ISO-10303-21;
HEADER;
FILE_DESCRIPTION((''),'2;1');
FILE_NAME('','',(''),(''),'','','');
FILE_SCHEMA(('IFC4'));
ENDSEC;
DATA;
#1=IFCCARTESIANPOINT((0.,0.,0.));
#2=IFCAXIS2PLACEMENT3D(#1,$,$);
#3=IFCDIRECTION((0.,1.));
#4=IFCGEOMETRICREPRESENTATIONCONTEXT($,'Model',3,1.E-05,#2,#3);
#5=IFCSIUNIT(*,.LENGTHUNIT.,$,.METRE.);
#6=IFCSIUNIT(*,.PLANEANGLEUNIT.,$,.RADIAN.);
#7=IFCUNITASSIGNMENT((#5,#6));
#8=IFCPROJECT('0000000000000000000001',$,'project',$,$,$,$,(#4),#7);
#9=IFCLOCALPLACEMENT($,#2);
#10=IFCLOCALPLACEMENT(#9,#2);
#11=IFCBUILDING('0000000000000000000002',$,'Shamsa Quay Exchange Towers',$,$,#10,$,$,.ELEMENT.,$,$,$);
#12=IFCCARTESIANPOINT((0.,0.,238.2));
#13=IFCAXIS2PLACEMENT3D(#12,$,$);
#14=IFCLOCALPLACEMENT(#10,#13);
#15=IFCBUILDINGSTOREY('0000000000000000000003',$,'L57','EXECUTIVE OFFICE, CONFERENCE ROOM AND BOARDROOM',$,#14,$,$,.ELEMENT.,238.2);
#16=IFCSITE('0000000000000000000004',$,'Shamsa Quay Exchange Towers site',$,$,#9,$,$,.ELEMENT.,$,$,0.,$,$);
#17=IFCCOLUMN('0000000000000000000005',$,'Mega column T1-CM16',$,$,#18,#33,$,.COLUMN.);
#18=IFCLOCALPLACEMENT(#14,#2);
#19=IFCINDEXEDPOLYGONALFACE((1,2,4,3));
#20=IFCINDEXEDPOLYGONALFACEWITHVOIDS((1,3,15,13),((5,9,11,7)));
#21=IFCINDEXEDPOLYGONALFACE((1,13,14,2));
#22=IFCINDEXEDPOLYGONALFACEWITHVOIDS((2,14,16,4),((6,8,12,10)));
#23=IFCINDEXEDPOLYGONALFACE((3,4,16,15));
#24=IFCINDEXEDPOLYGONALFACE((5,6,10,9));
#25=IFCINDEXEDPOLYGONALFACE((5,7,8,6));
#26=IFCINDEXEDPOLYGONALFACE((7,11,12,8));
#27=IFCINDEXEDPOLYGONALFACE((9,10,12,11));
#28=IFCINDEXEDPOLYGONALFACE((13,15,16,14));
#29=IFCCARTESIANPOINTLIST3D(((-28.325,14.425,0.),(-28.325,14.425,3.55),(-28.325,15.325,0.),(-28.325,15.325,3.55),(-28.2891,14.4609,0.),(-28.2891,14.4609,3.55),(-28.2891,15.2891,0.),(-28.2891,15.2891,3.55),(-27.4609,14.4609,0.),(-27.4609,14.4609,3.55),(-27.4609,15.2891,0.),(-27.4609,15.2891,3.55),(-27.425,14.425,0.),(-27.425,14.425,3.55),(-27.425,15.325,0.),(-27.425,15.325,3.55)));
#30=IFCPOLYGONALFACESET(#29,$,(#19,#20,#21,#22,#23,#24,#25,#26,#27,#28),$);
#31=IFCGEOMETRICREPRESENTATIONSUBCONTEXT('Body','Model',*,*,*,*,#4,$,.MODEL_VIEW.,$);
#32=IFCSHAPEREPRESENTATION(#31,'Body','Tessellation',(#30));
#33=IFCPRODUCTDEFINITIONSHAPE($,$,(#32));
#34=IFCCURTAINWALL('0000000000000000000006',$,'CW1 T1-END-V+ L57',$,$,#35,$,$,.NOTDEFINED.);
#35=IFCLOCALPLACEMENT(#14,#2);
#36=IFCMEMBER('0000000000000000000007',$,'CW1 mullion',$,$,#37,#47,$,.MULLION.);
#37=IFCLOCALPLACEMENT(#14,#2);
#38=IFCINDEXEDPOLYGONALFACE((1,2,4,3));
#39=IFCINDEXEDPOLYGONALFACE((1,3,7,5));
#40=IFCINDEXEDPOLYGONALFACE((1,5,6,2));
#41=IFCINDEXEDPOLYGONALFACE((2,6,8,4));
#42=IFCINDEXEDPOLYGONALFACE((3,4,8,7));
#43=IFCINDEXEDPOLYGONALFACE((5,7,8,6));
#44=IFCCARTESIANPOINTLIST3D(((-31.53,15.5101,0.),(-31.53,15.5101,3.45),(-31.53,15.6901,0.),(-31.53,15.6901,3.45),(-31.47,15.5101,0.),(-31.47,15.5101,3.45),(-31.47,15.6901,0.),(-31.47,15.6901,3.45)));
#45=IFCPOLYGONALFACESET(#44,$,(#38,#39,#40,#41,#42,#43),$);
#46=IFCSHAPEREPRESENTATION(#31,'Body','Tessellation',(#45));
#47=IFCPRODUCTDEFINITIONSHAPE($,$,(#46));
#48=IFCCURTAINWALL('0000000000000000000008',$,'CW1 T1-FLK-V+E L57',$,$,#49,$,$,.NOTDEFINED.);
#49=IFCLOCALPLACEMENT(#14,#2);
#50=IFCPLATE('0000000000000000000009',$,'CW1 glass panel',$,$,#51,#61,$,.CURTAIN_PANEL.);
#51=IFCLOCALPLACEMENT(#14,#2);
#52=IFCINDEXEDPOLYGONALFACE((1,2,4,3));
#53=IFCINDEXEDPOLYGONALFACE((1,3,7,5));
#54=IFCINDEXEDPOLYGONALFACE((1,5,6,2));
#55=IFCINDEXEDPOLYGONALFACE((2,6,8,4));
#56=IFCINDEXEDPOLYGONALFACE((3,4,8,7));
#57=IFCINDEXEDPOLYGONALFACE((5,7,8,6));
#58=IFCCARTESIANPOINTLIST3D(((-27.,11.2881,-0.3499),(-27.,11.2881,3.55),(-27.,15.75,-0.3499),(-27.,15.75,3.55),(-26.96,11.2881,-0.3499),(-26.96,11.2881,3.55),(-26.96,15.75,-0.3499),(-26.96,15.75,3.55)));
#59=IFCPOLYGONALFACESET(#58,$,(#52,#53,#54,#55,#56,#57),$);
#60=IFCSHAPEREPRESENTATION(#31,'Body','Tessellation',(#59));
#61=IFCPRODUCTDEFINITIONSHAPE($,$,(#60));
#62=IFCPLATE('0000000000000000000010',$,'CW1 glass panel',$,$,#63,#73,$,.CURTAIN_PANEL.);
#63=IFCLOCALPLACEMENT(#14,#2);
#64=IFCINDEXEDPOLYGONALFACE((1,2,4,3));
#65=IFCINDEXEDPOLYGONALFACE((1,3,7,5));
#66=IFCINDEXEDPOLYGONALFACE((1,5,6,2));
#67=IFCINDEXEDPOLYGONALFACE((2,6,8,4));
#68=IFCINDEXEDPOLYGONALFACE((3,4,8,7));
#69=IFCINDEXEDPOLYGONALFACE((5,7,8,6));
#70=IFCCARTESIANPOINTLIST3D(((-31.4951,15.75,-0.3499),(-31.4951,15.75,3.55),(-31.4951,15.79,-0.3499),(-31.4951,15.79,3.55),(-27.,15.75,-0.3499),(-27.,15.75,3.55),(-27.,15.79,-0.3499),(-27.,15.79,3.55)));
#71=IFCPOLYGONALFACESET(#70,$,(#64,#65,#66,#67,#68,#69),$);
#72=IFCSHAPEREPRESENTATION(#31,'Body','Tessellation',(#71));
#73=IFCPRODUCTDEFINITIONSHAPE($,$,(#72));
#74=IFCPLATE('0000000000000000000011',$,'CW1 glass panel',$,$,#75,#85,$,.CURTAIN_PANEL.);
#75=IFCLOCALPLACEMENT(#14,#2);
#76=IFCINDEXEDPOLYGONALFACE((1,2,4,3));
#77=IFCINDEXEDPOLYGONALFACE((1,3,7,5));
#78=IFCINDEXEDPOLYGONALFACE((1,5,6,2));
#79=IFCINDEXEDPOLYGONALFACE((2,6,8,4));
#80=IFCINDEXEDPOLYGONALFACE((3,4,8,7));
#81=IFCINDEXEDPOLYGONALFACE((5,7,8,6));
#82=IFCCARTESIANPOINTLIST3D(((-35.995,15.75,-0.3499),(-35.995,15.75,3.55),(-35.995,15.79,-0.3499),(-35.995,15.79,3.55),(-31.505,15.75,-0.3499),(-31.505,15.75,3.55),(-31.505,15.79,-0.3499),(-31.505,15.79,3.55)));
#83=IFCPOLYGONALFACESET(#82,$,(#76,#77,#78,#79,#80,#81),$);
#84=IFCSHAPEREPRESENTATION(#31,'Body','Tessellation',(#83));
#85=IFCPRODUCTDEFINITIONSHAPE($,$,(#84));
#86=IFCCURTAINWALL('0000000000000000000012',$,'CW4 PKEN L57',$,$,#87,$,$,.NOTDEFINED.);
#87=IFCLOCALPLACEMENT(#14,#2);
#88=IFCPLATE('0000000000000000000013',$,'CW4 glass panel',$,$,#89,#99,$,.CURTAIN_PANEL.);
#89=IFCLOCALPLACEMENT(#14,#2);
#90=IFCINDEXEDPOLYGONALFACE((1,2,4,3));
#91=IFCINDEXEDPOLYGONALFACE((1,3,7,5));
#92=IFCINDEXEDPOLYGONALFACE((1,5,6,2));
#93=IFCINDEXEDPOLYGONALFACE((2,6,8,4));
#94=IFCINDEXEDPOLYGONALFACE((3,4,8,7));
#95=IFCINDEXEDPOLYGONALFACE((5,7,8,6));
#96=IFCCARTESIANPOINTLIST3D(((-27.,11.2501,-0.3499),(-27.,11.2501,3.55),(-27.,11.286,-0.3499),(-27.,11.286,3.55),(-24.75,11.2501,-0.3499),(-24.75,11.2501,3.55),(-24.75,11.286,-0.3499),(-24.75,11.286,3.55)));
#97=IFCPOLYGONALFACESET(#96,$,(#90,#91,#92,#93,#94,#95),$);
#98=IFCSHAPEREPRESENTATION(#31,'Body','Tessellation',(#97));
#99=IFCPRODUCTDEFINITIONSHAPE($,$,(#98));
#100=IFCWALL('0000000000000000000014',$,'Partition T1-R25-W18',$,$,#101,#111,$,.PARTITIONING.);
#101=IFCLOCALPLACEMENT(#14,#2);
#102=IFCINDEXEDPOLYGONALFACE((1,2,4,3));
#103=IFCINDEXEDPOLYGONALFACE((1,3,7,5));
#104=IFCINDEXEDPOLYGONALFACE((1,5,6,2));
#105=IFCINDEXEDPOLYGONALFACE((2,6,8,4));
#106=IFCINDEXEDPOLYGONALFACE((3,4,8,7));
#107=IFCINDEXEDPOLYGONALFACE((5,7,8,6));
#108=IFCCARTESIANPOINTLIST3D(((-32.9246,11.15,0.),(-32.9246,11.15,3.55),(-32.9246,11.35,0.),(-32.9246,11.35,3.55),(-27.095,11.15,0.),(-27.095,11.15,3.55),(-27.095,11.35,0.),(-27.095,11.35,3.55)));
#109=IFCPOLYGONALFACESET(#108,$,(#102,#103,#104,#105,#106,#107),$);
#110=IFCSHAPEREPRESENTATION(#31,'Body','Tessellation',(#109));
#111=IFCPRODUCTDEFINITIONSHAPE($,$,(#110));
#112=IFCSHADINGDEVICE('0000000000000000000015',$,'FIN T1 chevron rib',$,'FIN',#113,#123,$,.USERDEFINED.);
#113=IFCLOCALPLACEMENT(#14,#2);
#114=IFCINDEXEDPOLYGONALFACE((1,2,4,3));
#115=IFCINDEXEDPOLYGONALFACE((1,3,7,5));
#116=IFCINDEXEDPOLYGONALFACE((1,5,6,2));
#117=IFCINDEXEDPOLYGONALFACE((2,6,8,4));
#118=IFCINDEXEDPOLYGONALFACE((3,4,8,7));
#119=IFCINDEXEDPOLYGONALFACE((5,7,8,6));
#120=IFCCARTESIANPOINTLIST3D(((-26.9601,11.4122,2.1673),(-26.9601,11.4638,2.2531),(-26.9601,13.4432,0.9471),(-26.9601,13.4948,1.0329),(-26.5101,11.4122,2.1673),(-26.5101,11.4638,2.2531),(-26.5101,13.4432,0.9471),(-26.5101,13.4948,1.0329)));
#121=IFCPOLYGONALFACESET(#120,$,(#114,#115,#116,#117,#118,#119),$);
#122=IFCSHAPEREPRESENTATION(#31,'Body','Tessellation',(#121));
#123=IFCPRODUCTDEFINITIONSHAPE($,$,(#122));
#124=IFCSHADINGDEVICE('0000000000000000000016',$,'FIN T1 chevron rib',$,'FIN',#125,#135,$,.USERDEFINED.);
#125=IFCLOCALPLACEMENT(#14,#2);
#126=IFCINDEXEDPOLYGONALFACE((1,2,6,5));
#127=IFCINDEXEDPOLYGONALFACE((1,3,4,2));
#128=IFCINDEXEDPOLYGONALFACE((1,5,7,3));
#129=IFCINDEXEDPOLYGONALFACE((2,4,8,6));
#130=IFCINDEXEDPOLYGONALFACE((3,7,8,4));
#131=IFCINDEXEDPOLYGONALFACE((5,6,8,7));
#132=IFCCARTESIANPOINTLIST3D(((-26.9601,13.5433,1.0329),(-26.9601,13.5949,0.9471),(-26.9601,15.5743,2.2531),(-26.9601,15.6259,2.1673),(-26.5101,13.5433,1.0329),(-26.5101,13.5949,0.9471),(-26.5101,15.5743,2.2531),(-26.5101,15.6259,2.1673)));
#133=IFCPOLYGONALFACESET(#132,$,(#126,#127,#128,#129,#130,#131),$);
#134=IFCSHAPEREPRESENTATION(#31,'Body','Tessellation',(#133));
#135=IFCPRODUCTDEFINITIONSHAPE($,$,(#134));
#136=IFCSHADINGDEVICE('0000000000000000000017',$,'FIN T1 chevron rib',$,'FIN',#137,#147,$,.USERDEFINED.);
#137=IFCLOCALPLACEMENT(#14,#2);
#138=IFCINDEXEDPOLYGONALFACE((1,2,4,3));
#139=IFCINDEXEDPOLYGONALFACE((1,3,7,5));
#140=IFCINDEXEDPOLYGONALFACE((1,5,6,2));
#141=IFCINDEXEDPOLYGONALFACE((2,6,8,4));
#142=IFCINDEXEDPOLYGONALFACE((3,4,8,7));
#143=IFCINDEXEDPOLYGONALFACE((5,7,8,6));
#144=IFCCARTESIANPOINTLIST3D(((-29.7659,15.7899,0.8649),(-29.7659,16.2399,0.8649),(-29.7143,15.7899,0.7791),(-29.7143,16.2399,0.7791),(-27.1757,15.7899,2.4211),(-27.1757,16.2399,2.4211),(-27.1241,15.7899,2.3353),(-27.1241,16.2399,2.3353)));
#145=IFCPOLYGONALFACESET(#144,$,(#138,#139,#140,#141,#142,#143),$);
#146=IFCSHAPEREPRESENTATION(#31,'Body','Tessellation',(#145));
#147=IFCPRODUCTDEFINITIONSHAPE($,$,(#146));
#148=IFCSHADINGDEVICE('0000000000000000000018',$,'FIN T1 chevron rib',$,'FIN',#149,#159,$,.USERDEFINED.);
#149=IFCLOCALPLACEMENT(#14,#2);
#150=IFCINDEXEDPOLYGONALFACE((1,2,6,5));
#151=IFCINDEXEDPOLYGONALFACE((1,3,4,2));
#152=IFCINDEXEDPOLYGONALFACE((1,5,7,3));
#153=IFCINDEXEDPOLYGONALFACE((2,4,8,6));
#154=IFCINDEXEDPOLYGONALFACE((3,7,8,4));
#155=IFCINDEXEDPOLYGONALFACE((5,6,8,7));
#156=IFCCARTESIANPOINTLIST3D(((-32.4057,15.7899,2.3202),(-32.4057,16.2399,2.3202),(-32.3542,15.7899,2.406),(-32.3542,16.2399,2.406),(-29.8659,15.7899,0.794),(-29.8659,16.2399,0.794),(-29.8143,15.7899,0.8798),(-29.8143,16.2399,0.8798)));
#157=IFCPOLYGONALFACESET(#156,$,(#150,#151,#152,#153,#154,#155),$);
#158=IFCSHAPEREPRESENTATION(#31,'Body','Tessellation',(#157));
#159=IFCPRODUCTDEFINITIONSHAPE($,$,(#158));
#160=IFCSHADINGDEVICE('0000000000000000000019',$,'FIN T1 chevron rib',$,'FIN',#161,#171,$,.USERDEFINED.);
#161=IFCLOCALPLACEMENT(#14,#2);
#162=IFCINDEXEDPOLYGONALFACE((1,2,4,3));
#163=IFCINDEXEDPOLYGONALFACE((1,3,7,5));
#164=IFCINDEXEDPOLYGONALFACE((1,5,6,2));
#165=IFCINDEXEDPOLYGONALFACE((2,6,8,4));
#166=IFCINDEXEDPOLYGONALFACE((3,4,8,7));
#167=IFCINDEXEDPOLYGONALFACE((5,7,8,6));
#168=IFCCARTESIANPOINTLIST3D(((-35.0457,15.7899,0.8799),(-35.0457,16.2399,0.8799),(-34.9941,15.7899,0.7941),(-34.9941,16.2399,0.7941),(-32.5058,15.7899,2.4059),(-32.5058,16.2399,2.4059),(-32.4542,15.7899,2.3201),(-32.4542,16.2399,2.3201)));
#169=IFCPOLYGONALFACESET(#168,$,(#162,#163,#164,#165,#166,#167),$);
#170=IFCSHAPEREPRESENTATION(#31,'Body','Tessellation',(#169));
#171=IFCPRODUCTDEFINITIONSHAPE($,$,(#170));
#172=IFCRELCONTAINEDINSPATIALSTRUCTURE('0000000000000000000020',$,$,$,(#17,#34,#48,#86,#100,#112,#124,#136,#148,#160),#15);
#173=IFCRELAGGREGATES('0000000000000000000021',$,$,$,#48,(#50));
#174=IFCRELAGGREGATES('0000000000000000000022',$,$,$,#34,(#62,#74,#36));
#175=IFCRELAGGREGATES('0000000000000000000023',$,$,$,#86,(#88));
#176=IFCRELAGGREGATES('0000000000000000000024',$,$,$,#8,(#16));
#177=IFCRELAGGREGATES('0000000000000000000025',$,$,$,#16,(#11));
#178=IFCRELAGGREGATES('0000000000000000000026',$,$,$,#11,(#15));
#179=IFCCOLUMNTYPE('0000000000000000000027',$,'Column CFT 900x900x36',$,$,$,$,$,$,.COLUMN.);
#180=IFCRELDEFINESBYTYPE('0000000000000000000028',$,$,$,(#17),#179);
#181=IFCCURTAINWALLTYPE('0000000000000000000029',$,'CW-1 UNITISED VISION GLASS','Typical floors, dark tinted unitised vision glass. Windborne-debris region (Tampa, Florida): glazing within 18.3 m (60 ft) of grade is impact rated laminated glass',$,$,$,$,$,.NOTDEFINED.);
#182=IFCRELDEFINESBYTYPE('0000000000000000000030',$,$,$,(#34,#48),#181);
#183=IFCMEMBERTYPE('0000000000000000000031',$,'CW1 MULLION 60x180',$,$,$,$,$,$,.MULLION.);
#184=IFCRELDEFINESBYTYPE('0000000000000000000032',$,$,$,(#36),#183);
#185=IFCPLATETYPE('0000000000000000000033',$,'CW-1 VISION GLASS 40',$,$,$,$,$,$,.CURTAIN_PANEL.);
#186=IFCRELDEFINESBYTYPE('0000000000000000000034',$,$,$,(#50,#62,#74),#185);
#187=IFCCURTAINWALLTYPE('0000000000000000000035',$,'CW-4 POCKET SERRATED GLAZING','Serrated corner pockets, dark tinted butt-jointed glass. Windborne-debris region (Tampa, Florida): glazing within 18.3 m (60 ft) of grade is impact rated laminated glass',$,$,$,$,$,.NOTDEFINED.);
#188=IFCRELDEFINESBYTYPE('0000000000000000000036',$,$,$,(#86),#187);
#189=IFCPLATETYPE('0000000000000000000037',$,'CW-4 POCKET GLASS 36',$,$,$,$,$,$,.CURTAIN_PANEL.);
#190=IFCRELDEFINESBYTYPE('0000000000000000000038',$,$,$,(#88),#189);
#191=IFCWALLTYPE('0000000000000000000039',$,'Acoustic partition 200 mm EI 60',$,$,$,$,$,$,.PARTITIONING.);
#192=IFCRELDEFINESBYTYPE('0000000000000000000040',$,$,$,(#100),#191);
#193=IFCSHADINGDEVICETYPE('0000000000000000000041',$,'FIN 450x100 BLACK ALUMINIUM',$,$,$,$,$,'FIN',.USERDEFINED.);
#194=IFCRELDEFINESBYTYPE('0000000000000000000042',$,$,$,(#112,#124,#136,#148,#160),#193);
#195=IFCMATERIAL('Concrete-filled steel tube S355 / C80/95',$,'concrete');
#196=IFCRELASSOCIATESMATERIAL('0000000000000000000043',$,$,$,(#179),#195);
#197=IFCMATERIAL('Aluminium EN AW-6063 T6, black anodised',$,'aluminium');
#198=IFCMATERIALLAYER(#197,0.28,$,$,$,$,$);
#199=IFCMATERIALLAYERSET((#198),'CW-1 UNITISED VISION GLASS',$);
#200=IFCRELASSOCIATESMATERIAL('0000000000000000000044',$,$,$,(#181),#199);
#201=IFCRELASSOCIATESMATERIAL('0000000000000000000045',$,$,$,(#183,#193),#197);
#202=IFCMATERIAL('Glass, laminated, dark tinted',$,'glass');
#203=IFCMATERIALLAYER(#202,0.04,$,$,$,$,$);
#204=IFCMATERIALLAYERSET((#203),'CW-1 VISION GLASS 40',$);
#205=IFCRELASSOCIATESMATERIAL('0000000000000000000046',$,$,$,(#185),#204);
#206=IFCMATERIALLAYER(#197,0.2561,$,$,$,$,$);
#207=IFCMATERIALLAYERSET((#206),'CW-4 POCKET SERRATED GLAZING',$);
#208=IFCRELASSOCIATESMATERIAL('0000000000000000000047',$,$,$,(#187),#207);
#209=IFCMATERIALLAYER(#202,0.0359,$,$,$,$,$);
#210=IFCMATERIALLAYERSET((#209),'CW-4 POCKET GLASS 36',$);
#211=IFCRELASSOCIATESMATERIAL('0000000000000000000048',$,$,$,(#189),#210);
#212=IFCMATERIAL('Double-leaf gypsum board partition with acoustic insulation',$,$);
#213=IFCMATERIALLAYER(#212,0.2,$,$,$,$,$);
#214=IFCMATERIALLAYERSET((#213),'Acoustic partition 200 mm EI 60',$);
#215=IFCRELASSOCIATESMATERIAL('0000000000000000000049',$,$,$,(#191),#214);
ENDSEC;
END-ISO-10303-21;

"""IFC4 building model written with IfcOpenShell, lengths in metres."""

from ifc_helpers import new_model, si_unit, direction, frame, frame_2d, origin, origin_2d, place, context, subcontext, project, spatial, rectangle, hollow_rectangle, extrude, material, layer, layer_set, material_profile, profile_set, type_object, element, aggregate, save


model = new_model("IFC4")

# Units and contexts
model_context = context("Model", 3, precision=1e-05, world=origin(), true_north=direction((0.0, 1.0)))
body_context = subcontext(model_context, "Body", "Model", "MODEL_VIEW")
ifc_project = project(units=[si_unit("LENGTHUNIT", "METRE"), si_unit("PLANEANGLEUNIT", "RADIAN")], contexts=[model_context])

# Site, building, storey
site_placement = place(None, origin())
site = spatial("IfcSite", under=ifc_project, at=site_placement, Name="Shamsa Quay Exchange Towers site", CompositionType="ELEMENT", RefElevation=0.0)
building_placement = place(site_placement, origin())
building = spatial("IfcBuilding", under=site, at=building_placement, Name="Shamsa Quay Exchange Towers", CompositionType="ELEMENT")
storey_placement = place(building_placement, frame((0.0, 0.0, 238.2)))
storey = spatial("IfcBuildingStorey", under=building, at=storey_placement, Name="L57", Description="EXECUTIVE OFFICE, CONFERENCE ROOM AND BOARDROOM", CompositionType="ELEMENT", Elevation=238.2)

# Column
ifc_material_1 = material(Name="Concrete-filled steel tube S355 / C80/95", Category="concrete")
ifc_material_profile_1 = material_profile(ifc_material_1, hollow_rectangle(XDim=0.8999, YDim=0.8999, WallThickness=0.0359, at=origin_2d()), Name="CFT 900x900x36")
ifc_profile_set_1 = profile_set([ifc_material_profile_1], Name="Concrete-filled steel tube S355 / C80/95")
column_type = type_object("IfcColumnType", Name="Column CFT 900x900x36", PredefinedType="COLUMN", material=ifc_profile_set_1)
column_placement = place(storey_placement, frame((-27.875, 14.875, 0.0)))
element("IfcColumn", 1, at=column_placement, inside=storey, type_object=column_type, Name="Mega column T1-CM16", PredefinedType="COLUMN", context=body_context, shape_type="SweptSolid", body=[
    extrude(hollow_rectangle(XDim=0.8999, YDim=0.8999, WallThickness=0.0359, at=origin_2d()), origin(), (0.0, 0.0, 1.0), 3.55),
])

# Curtain wall, member
ifc_material_2 = material(Name="Aluminium EN AW-6063 T6, black anodised", Category="aluminium")
ifc_layer_1 = layer(ifc_material_2, 0.28)
ifc_layer_set_1 = layer_set([ifc_layer_1], Name="CW-1 UNITISED VISION GLASS")
curtain_wall_type_1 = type_object("IfcCurtainWallType", Name="CW-1 UNITISED VISION GLASS", Description="Typical floors, dark tinted unitised vision glass. Windborne-debris region (Tampa, Florida): glazing within 18.3 m (60 ft) of grade is impact rated laminated glass", PredefinedType="NOTDEFINED", material=ifc_layer_set_1)
curtain_wall_1_placement = place(storey_placement, origin())
curtain_wall_1 = element("IfcCurtainWall", 2, at=curtain_wall_1_placement, inside=storey, type_object=curtain_wall_type_1, Name="CW1 T1-END-V+ L57", PredefinedType="NOTDEFINED")
ifc_material_profile_2 = material_profile(ifc_material_2, rectangle(XDim=0.1799, YDim=0.0601, at=origin_2d()), Name="MU60x180")
ifc_profile_set_2 = profile_set([ifc_material_profile_2], Name="Aluminium EN AW-6063 T6, black anodised")
member_type = type_object("IfcMemberType", Name="CW1 MULLION 60x180", PredefinedType="MULLION", material=ifc_profile_set_2)
member_placement = place(storey_placement, frame((-31.5, 15.6001, 0.0), z_axis=(0.0, 0.0, 1.0), x_axis=(0.0, -1.0, 0.0)))
member = element("IfcMember", 3, at=member_placement, type_object=member_type, Name="CW1 mullion", PredefinedType="MULLION", context=body_context, shape_type="SweptSolid", body=[
    extrude(rectangle(XDim=0.1799, YDim=0.0601, at=origin_2d()), origin(), (0.0, 0.0, 1.0), 3.45),
])

# Curtain wall, plate
curtain_wall_2_placement = place(storey_placement, origin())
curtain_wall_2 = element("IfcCurtainWall", 4, at=curtain_wall_2_placement, inside=storey, type_object=curtain_wall_type_1, Name="CW1 T1-FLK-V+E L57", PredefinedType="NOTDEFINED")
ifc_material_3 = material(Name="Glass, laminated, dark tinted", Category="glass")
ifc_layer_2 = layer(ifc_material_3, 0.04)
ifc_layer_set_2 = layer_set([ifc_layer_2], Name="CW-1 VISION GLASS 40")
plate_type_1 = type_object("IfcPlateType", Name="CW-1 VISION GLASS 40", PredefinedType="CURTAIN_PANEL", material=ifc_layer_set_2)
plate_1_placement = place(storey_placement, frame((-26.98, 13.519, -0.3499), z_axis=(0.0, 0.0, 1.0), x_axis=(0.0, 1.0, 0.0)))
plate_1 = element("IfcPlate", 5, at=plate_1_placement, type_object=plate_type_1, Name="CW1 glass panel", PredefinedType="CURTAIN_PANEL", context=body_context, shape_type="SweptSolid", body=[
    extrude(rectangle(XDim=4.4619, YDim=0.04, at=origin_2d()), origin(), (0.0, 0.0, 1.0), 3.8999),
])
aggregate(curtain_wall_2, [plate_1])

# Plates
plate_2_placement = place(storey_placement, frame((-29.2476, 15.77, -0.3499), z_axis=(0.0, 0.0, 1.0), x_axis=(-1.0, 0.0, 0.0)))
plate_2 = element("IfcPlate", 6, at=plate_2_placement, type_object=plate_type_1, Name="CW1 glass panel", PredefinedType="CURTAIN_PANEL", context=body_context, shape_type="SweptSolid", body=[
    extrude(rectangle(XDim=4.4951, YDim=0.04, at=origin_2d()), origin(), (0.0, 0.0, 1.0), 3.8999),
])
plate_3_placement = place(storey_placement, frame((-33.75, 15.77, -0.3499), z_axis=(0.0, 0.0, 1.0), x_axis=(-1.0, 0.0, 0.0)))
plate_3 = element("IfcPlate", 7, at=plate_3_placement, type_object=plate_type_1, Name="CW1 glass panel", PredefinedType="CURTAIN_PANEL", context=body_context, shape_type="SweptSolid", body=[
    extrude(rectangle(XDim=4.49, YDim=0.04, at=origin_2d()), origin(), (0.0, 0.0, 1.0), 3.8999),
])
aggregate(curtain_wall_1, [plate_2, plate_3, member])

# Curtain wall, plate
ifc_layer_3 = layer(ifc_material_2, 0.2561)
ifc_layer_set_3 = layer_set([ifc_layer_3], Name="CW-4 POCKET SERRATED GLAZING")
curtain_wall_type_2 = type_object("IfcCurtainWallType", Name="CW-4 POCKET SERRATED GLAZING", Description="Serrated corner pockets, dark tinted butt-jointed glass. Windborne-debris region (Tampa, Florida): glazing within 18.3 m (60 ft) of grade is impact rated laminated glass", PredefinedType="NOTDEFINED", material=ifc_layer_set_3)
curtain_wall_3_placement = place(storey_placement, origin())
curtain_wall_3 = element("IfcCurtainWall", 8, at=curtain_wall_3_placement, inside=storey, type_object=curtain_wall_type_2, Name="CW4 PKEN L57", PredefinedType="NOTDEFINED")
ifc_layer_4 = layer(ifc_material_3, 0.0359)
ifc_layer_set_4 = layer_set([ifc_layer_4], Name="CW-4 POCKET GLASS 36")
plate_type_2 = type_object("IfcPlateType", Name="CW-4 POCKET GLASS 36", PredefinedType="CURTAIN_PANEL", material=ifc_layer_set_4)
plate_4_placement = place(storey_placement, frame((-25.875, 11.2681, -0.3499), z_axis=(0.0, 0.0, 1.0), x_axis=(-1.0, 0.0, 0.0)))
plate_4 = element("IfcPlate", 9, at=plate_4_placement, type_object=plate_type_2, Name="CW4 glass panel", PredefinedType="CURTAIN_PANEL", context=body_context, shape_type="SweptSolid", body=[
    extrude(rectangle(XDim=2.25, YDim=0.0359, at=origin_2d()), origin(), (0.0, 0.0, 1.0), 3.8999),
])
aggregate(curtain_wall_3, [plate_4])

# Wall
ifc_material_4 = material(Name="Double-leaf gypsum board partition with acoustic insulation")
ifc_layer_5 = layer(ifc_material_4, 0.2)
ifc_layer_set_5 = layer_set([ifc_layer_5], Name="Acoustic partition 200 mm EI 60")
wall_type = type_object("IfcWallType", Name="Acoustic partition 200 mm EI 60", PredefinedType="PARTITIONING", material=ifc_layer_set_5)
wall_placement = place(storey_placement, frame((-27.095, 11.25, 0.0), z_axis=(0.0, 0.0, 1.0), x_axis=(-1.0, 0.0, 0.0)))
element("IfcWall", 10, at=wall_placement, inside=storey, type_object=wall_type, Name="Partition T1-R25-W18", PredefinedType="PARTITIONING", context=body_context, shape_type="SweptSolid", body=[
    extrude(rectangle(XDim=5.8296, YDim=0.2, at=frame_2d((2.9148, 0.0))), origin(), (0.0, 0.0, 1.0), 3.55),
])

# Shading devices
ifc_material_profile_3 = material_profile(ifc_material_2, rectangle(XDim=0.45, YDim=0.1001, at=origin_2d()), Name="FIN450x100")
ifc_profile_set_3 = profile_set([ifc_material_profile_3], Name="Aluminium EN AW-6063 T6, black anodised")
shading_device_type = type_object("IfcShadingDeviceType", Name="FIN 450x100 BLACK ALUMINIUM", ElementType="FIN", PredefinedType="USERDEFINED", material=ifc_profile_set_3)
for number, where, z_axis, x_axis, name in (
    (11, (-26.7351, 11.438, 2.2102), (0.0, 0.857193, -0.514996), (-1.0, 0.0, 0.0), "FIN T1 chevron rib"),
    (12, (-26.7351, 13.5691, 0.99), (0.0, 0.857193, 0.514996), (-1.0, 0.0, 0.0), "FIN T1 chevron rib"),
):
    element("IfcShadingDevice", number, at=place(storey_placement, frame(where, z_axis=z_axis, x_axis=x_axis)), inside=storey, type_object=shading_device_type, Name=name, ObjectType="FIN", PredefinedType="USERDEFINED", context=body_context, shape_type="SweptSolid", body=[
        extrude(rectangle(XDim=0.45, YDim=0.1001, at=origin_2d()), origin(), (0.0, 0.0, 1.0), 2.3694),
    ])
shading_device_placement = place(storey_placement, frame((-27.1499, 16.0149, 2.3782), z_axis=(-0.857186, 0.0, -0.515007), x_axis=(0.0, -1.0, 0.0)))
element("IfcShadingDevice", 13, at=shading_device_placement, inside=storey, type_object=shading_device_type, Name="FIN T1 chevron rib", ObjectType="FIN", PredefinedType="USERDEFINED", context=body_context, shape_type="SweptSolid", body=[
    extrude(rectangle(XDim=0.45, YDim=0.1001, at=origin_2d()), origin(), (0.0, 0.0, 1.0), 3.0217),
])
for number, where, z_axis, x_axis, name in (
    (14, (-29.8401, 16.0149, 0.8369), (-0.857158, 0.0, 0.515053), (0.0, -1.0, 0.0), "FIN T1 chevron rib"),
    (15, (-32.48, 16.0149, 2.363), (-0.85718, 0.0, -0.515017), (0.0, -1.0, 0.0), "FIN T1 chevron rib"),
):
    element("IfcShadingDevice", number, at=place(storey_placement, frame(where, z_axis=z_axis, x_axis=x_axis)), inside=storey, type_object=shading_device_type, Name=name, ObjectType="FIN", PredefinedType="USERDEFINED", context=body_context, shape_type="SweptSolid", body=[
        extrude(rectangle(XDim=0.45, YDim=0.1001, at=origin_2d()), origin(), (0.0, 0.0, 1.0), 2.9631),
    ])

save(model, "model.ifc")
